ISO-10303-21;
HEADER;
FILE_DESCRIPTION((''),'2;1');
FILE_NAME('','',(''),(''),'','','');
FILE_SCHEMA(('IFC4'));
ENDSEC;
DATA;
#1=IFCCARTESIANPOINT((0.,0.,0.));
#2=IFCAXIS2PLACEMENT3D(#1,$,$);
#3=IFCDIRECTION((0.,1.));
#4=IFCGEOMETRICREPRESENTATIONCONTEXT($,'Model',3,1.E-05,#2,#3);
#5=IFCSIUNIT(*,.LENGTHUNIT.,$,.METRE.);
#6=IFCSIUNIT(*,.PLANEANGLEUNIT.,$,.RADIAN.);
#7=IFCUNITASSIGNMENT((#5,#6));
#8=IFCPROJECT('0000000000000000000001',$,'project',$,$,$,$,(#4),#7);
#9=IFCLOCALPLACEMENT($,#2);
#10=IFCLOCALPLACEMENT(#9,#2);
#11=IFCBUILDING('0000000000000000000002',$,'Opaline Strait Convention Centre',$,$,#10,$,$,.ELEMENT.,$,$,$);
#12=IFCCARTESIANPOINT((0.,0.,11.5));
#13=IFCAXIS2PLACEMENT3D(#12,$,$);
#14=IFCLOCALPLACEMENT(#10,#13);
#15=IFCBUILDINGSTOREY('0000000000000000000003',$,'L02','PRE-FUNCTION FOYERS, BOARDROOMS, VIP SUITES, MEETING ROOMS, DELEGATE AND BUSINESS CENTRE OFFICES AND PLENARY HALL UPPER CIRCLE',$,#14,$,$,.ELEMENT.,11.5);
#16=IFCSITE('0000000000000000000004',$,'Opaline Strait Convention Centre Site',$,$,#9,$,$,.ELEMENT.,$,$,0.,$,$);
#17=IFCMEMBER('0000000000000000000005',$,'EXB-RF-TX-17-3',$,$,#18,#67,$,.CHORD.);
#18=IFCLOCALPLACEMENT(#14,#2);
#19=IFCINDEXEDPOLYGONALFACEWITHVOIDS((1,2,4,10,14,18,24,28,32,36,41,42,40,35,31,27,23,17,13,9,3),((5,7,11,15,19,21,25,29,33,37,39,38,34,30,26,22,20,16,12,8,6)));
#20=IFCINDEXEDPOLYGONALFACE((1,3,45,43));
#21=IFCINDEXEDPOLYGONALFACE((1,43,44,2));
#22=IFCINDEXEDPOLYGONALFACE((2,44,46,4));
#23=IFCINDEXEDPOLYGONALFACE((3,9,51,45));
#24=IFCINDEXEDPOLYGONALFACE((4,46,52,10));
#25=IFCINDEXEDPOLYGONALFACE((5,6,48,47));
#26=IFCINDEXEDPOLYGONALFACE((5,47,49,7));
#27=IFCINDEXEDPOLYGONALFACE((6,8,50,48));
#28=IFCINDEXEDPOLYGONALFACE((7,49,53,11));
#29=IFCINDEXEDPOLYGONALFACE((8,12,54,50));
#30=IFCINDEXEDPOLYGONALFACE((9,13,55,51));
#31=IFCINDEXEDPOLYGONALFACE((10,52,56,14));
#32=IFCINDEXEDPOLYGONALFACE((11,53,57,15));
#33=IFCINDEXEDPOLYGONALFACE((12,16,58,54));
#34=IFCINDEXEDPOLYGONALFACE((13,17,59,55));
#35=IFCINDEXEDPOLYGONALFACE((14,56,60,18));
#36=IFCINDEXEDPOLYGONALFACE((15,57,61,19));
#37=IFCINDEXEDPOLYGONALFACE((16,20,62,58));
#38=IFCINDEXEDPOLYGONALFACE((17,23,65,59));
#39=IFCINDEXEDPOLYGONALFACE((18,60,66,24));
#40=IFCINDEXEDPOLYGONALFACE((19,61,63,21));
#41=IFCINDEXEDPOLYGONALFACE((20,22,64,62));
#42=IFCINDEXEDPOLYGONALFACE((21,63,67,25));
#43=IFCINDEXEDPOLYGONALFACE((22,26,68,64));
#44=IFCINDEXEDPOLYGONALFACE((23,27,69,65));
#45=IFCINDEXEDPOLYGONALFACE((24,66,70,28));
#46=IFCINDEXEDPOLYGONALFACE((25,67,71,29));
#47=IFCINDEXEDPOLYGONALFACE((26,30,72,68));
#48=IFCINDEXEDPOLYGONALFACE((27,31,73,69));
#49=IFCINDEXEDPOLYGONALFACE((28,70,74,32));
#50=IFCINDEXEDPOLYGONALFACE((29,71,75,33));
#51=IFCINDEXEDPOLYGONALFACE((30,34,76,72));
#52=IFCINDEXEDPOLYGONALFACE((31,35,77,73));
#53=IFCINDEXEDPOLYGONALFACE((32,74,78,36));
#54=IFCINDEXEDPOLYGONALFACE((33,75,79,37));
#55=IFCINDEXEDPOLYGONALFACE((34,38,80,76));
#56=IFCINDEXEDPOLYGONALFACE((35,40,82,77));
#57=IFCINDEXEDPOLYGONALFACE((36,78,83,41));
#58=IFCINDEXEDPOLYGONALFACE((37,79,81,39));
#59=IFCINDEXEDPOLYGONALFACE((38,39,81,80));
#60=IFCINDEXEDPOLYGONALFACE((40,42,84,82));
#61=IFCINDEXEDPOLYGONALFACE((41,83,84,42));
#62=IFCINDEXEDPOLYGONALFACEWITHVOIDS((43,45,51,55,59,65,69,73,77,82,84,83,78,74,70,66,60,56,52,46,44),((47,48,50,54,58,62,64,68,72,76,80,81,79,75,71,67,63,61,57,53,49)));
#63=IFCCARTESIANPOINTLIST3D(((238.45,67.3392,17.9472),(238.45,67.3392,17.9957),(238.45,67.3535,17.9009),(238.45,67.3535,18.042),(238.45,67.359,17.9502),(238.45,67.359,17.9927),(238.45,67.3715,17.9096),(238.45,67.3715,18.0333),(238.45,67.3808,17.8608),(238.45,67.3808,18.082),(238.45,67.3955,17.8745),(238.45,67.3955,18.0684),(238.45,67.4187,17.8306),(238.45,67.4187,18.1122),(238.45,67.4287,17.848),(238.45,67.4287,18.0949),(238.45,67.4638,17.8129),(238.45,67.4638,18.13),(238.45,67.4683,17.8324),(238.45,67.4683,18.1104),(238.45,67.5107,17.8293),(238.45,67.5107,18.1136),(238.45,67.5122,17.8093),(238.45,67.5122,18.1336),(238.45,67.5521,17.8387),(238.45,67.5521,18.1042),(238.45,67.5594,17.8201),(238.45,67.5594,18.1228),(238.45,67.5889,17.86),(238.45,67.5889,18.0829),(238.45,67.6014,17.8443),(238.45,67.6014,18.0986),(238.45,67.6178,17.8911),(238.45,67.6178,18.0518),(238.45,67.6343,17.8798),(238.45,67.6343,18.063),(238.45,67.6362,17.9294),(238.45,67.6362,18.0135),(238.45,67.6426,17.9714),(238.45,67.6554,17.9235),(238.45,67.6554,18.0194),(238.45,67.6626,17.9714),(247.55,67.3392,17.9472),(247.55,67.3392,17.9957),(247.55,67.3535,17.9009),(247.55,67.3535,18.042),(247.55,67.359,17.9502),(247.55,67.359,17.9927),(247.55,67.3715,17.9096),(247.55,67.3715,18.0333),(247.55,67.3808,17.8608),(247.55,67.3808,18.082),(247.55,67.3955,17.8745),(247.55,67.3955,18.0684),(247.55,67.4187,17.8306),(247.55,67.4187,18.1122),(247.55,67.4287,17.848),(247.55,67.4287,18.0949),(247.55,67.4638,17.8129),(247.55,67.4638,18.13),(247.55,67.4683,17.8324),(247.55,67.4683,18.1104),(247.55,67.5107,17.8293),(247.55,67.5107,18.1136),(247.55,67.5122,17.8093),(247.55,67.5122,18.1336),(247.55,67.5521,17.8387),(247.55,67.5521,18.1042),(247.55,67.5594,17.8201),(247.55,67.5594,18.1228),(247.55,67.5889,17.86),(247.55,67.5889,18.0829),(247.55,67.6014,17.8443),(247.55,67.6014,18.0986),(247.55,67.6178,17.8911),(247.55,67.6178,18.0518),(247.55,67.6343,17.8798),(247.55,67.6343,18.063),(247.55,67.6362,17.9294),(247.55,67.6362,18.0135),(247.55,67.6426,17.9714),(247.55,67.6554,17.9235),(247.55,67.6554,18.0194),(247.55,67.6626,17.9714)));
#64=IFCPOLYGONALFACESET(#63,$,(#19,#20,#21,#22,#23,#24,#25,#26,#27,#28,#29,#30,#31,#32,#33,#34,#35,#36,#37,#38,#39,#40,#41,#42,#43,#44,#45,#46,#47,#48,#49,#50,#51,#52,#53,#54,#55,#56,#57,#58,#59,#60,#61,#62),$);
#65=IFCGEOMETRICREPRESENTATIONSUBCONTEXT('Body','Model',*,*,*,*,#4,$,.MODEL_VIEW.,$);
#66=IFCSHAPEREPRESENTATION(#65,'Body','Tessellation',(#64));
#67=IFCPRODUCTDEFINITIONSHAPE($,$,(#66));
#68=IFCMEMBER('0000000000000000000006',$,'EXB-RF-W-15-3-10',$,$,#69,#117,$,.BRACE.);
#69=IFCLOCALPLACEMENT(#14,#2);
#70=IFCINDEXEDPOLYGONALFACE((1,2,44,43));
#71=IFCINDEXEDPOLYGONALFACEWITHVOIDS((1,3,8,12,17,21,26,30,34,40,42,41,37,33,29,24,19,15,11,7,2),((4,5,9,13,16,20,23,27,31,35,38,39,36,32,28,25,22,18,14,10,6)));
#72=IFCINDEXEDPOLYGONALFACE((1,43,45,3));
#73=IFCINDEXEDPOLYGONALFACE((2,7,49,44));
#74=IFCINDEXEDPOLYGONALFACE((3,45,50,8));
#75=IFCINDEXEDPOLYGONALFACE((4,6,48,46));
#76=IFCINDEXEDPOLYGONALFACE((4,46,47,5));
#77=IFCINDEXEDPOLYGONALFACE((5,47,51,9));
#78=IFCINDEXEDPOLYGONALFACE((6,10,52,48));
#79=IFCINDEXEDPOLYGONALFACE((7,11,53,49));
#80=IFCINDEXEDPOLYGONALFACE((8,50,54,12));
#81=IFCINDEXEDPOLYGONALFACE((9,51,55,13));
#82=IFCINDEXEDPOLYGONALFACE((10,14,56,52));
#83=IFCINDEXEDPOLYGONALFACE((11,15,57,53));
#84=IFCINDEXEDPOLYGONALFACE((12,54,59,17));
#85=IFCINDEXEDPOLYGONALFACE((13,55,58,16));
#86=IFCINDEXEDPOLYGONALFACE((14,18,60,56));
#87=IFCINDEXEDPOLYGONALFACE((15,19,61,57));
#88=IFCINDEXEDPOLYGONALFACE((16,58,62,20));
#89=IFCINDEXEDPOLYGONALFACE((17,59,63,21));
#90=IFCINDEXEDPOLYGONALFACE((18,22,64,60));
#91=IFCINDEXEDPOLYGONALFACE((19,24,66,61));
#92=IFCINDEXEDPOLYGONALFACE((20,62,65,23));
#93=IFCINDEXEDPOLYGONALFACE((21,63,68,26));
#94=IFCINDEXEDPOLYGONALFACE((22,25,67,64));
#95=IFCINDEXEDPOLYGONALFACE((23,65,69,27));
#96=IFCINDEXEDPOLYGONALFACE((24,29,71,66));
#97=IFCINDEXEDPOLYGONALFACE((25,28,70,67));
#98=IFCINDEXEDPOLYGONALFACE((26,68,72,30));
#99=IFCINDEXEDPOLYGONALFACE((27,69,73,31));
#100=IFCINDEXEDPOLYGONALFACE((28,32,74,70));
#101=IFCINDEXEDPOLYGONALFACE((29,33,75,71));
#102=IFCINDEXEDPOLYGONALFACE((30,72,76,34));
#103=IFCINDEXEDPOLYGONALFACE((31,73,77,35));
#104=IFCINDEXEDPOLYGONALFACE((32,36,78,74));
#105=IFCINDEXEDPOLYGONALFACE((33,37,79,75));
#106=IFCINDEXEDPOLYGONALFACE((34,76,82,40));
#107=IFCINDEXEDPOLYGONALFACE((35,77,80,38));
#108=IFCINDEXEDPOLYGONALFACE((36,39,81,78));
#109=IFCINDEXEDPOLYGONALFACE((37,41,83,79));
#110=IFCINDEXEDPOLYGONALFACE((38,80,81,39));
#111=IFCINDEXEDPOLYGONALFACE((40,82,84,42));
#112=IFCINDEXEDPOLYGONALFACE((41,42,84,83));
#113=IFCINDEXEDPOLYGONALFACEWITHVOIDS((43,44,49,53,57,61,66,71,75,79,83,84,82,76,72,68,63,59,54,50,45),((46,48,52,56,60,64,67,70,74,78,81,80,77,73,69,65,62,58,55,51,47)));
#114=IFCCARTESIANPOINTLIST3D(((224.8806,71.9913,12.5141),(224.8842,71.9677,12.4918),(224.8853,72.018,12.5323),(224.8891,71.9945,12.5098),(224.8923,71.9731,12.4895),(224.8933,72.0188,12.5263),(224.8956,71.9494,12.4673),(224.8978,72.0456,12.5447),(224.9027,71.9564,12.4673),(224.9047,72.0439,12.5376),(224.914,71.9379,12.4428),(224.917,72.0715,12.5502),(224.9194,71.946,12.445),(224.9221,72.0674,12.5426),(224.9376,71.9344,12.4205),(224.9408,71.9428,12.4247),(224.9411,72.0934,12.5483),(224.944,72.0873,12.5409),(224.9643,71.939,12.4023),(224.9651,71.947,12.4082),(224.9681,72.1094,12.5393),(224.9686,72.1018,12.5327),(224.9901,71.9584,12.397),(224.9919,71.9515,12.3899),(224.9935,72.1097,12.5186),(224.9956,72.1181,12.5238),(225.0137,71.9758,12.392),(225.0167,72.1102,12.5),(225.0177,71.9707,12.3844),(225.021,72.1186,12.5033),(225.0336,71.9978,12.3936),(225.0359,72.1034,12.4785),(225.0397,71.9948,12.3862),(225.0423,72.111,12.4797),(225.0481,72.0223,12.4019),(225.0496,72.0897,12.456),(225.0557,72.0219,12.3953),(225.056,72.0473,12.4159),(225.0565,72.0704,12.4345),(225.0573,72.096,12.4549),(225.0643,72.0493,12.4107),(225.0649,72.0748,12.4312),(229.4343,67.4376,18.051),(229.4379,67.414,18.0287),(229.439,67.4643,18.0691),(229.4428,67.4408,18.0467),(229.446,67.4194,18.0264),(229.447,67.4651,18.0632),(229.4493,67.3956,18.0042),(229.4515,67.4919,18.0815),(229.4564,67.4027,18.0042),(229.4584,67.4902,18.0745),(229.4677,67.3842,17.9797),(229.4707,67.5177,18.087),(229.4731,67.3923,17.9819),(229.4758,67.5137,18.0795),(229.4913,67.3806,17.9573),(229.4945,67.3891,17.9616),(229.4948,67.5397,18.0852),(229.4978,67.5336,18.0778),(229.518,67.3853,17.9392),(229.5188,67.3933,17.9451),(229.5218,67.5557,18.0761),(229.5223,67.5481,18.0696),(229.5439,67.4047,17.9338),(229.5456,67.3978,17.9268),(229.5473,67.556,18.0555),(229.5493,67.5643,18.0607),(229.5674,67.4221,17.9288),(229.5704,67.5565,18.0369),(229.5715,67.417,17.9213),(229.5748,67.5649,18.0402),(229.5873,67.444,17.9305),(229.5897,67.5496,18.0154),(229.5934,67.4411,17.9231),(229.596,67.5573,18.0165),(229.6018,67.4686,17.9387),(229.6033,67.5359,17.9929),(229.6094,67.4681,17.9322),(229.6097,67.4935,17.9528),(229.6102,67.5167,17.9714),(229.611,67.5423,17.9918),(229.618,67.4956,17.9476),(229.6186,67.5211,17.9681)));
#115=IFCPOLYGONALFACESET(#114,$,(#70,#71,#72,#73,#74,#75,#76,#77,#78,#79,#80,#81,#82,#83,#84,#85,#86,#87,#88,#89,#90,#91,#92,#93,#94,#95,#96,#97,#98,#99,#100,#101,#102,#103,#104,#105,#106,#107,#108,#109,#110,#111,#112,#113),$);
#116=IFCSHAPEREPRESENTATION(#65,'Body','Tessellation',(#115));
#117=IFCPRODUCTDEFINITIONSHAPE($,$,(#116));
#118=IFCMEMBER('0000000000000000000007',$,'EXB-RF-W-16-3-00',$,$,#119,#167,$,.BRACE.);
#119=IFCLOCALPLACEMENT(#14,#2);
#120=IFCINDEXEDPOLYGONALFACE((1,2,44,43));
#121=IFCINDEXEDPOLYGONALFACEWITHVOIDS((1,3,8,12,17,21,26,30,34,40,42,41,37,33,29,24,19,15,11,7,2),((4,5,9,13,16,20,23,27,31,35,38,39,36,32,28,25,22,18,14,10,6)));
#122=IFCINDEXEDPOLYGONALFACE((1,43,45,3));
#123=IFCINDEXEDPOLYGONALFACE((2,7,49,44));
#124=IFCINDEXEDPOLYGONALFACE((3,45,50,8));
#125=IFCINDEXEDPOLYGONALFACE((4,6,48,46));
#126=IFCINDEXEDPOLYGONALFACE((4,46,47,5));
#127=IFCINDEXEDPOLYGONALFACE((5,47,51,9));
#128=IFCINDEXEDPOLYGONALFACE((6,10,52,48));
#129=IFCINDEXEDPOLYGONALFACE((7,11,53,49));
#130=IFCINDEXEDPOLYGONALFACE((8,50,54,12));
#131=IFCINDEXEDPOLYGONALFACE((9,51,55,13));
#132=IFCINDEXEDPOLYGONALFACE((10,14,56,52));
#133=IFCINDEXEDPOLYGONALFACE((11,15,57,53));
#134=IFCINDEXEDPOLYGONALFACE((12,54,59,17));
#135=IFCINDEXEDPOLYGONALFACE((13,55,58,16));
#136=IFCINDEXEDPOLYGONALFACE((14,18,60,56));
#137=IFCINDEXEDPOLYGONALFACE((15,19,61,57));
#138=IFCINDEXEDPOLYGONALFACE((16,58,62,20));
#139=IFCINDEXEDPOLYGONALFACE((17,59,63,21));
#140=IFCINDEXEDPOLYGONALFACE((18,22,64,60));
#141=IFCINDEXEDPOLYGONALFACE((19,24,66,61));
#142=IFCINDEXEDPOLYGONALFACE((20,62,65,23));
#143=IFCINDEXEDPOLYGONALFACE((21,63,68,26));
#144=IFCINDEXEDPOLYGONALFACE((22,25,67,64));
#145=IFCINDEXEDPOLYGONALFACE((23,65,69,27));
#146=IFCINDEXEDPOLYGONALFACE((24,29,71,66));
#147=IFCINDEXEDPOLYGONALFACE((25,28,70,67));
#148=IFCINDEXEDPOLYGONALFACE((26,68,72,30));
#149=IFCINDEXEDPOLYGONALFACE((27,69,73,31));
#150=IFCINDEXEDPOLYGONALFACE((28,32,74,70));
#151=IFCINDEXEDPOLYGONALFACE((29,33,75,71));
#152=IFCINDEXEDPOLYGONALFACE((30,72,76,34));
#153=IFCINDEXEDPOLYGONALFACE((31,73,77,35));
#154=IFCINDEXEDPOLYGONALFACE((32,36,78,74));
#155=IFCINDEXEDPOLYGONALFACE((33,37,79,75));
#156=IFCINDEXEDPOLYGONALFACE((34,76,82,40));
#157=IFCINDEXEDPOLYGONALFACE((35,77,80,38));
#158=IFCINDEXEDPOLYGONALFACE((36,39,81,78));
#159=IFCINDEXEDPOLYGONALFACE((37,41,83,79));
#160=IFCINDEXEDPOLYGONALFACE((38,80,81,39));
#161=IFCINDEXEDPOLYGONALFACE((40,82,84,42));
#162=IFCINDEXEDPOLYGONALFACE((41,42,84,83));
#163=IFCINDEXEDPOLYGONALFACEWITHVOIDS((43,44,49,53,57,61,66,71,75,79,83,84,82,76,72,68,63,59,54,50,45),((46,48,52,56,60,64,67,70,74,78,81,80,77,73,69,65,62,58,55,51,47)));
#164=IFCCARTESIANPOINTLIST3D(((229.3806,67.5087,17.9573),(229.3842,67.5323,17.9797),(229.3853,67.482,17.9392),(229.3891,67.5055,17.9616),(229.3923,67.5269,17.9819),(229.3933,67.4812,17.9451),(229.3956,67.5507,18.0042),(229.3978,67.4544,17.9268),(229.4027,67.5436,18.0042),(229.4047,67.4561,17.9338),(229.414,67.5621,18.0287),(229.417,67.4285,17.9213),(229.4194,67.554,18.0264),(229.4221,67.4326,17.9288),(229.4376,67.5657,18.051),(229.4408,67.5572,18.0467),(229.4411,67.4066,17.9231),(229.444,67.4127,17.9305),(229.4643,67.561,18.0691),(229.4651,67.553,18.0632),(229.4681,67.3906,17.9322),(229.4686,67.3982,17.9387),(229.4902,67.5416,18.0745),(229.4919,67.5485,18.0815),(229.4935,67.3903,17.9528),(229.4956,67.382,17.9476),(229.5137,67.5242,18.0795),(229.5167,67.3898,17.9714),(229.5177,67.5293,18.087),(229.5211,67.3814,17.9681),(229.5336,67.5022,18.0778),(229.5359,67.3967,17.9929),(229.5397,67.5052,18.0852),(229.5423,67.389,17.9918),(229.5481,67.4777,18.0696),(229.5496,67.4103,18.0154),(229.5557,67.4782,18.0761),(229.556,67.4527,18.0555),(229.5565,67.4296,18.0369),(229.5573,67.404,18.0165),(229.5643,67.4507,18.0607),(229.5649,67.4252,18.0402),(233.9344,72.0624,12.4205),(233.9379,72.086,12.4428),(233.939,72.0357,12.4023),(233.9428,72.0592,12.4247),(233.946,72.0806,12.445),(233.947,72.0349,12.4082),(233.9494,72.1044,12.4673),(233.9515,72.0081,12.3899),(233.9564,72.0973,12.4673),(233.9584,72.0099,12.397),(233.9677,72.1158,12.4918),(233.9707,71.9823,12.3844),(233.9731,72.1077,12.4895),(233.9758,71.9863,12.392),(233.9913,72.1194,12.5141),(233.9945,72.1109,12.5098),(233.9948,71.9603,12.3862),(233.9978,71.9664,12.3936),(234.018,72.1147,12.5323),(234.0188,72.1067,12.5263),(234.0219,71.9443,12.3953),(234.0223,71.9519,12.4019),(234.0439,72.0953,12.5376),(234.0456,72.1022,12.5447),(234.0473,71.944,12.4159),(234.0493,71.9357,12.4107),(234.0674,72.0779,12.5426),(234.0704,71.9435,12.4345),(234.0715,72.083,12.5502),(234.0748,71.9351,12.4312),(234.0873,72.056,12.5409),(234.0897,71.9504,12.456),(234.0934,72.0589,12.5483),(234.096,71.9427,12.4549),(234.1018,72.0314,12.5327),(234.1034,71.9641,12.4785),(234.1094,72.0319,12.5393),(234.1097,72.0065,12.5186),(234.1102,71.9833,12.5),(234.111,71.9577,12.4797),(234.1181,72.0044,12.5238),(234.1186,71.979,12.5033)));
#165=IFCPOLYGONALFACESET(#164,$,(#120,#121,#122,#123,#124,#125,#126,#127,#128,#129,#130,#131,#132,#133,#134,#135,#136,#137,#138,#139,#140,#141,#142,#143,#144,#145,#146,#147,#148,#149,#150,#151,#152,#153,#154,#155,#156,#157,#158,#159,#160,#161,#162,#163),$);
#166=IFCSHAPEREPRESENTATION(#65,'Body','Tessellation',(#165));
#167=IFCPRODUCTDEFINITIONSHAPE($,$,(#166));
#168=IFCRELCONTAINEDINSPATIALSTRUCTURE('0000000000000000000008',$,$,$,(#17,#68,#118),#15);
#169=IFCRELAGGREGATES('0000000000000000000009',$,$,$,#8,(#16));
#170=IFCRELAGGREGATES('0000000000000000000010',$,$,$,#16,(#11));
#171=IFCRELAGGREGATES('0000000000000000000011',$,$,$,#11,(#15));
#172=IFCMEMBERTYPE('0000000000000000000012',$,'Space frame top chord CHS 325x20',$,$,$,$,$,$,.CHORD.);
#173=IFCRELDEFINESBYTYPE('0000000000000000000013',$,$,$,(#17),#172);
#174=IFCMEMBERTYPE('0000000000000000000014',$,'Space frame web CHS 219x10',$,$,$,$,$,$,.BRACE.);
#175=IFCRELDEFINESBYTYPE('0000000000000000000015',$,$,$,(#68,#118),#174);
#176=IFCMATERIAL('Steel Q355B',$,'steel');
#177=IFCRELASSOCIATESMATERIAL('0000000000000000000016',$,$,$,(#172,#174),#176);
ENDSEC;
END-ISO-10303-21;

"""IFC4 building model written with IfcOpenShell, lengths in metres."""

from ifc_helpers import new_model, si_unit, direction, frame, origin, origin_2d, place, context, subcontext, project, spatial, hollow_circle, extrude, material, material_profile, profile_set, type_object, element, save


model = new_model("IFC4")

# Units and contexts
model_context = context("Model", 3, precision=1e-05, world=origin(), true_north=direction((0.0, 1.0)))
body_context = subcontext(model_context, "Body", "Model", "MODEL_VIEW")
ifc_project = project(units=[si_unit("LENGTHUNIT", "METRE"), si_unit("PLANEANGLEUNIT", "RADIAN")], contexts=[model_context])

# Site, building, storey
site_placement = place(None, origin())
site = spatial("IfcSite", under=ifc_project, at=site_placement, Name="Opaline Strait Convention Centre Site", CompositionType="ELEMENT", RefElevation=0.0)
building_placement = place(site_placement, origin())
building = spatial("IfcBuilding", under=site, at=building_placement, Name="Opaline Strait Convention Centre", CompositionType="ELEMENT")
storey_placement = place(building_placement, frame((0.0, 0.0, 11.5)))
storey = spatial("IfcBuildingStorey", under=building, at=storey_placement, Name="L02", Description="PRE-FUNCTION FOYERS, BOARDROOMS, VIP SUITES, MEETING ROOMS, DELEGATE AND BUSINESS CENTRE OFFICES AND PLENARY HALL UPPER CIRCLE", CompositionType="ELEMENT", Elevation=11.5)

# Members
ifc_material_1 = material(Name="Steel Q355B", Category="steel")
ifc_material_profile_1 = material_profile(ifc_material_1, hollow_circle(Radius=0.1626, WallThickness=0.02, at=origin_2d()), Name="CHS 325x20")
ifc_profile_set_1 = profile_set([ifc_material_profile_1], Name="Steel Q355B")
member_type_1 = type_object("IfcMemberType", Name="Space frame top chord CHS 325x20", PredefinedType="CHORD", material=ifc_profile_set_1)
member_1_placement = place(storey_placement, frame((238.45, 67.5, 17.9714), z_axis=(1.0, 0.0, 0.0), x_axis=(0.0, 1.0, 0.0)))
element("IfcMember", 1, at=member_1_placement, inside=storey, type_object=member_type_1, Name="EXB-RF-TX-17-3", PredefinedType="CHORD", context=body_context, shape_type="SweptSolid", body=[
    extrude(hollow_circle(Radius=0.1626, WallThickness=0.02, at=origin_2d()), origin(), (0.0, 0.0, 1.0), 9.1001),
])
ifc_material_profile_2 = material_profile(ifc_material_1, hollow_circle(Radius=0.1096, WallThickness=0.01, at=origin_2d()), Name="CHS 219x10")
ifc_profile_set_2 = profile_set([ifc_material_profile_2], Name="Steel Q355B")
member_type_2 = type_object("IfcMemberType", Name="Space frame web CHS 219x10", PredefinedType="BRACE", material=ifc_profile_set_2)
for number, where, z_axis, x_axis, name in (
    (2, (229.5269, 67.4731, 18.0042), (-0.536178, 0.536178, -0.65194), (-0.707107, -0.707107, 0.0), "EXB-RF-W-15-3-10"),
    (3, (229.4731, 67.4731, 18.0042), (0.536178, 0.536178, -0.65194), (-0.707107, 0.707107, 0.0), "EXB-RF-W-16-3-00"),
):
    element("IfcMember", number, at=place(storey_placement, frame(where, z_axis=z_axis, x_axis=x_axis)), inside=storey, type_object=member_type_2, Name=name, PredefinedType="BRACE", context=body_context, shape_type="SweptSolid", body=[
        extrude(hollow_circle(Radius=0.1096, WallThickness=0.01, at=origin_2d()), origin(), (0.0, 0.0, 1.0), 8.4929),
    ])

save(model, "model.ifc")
